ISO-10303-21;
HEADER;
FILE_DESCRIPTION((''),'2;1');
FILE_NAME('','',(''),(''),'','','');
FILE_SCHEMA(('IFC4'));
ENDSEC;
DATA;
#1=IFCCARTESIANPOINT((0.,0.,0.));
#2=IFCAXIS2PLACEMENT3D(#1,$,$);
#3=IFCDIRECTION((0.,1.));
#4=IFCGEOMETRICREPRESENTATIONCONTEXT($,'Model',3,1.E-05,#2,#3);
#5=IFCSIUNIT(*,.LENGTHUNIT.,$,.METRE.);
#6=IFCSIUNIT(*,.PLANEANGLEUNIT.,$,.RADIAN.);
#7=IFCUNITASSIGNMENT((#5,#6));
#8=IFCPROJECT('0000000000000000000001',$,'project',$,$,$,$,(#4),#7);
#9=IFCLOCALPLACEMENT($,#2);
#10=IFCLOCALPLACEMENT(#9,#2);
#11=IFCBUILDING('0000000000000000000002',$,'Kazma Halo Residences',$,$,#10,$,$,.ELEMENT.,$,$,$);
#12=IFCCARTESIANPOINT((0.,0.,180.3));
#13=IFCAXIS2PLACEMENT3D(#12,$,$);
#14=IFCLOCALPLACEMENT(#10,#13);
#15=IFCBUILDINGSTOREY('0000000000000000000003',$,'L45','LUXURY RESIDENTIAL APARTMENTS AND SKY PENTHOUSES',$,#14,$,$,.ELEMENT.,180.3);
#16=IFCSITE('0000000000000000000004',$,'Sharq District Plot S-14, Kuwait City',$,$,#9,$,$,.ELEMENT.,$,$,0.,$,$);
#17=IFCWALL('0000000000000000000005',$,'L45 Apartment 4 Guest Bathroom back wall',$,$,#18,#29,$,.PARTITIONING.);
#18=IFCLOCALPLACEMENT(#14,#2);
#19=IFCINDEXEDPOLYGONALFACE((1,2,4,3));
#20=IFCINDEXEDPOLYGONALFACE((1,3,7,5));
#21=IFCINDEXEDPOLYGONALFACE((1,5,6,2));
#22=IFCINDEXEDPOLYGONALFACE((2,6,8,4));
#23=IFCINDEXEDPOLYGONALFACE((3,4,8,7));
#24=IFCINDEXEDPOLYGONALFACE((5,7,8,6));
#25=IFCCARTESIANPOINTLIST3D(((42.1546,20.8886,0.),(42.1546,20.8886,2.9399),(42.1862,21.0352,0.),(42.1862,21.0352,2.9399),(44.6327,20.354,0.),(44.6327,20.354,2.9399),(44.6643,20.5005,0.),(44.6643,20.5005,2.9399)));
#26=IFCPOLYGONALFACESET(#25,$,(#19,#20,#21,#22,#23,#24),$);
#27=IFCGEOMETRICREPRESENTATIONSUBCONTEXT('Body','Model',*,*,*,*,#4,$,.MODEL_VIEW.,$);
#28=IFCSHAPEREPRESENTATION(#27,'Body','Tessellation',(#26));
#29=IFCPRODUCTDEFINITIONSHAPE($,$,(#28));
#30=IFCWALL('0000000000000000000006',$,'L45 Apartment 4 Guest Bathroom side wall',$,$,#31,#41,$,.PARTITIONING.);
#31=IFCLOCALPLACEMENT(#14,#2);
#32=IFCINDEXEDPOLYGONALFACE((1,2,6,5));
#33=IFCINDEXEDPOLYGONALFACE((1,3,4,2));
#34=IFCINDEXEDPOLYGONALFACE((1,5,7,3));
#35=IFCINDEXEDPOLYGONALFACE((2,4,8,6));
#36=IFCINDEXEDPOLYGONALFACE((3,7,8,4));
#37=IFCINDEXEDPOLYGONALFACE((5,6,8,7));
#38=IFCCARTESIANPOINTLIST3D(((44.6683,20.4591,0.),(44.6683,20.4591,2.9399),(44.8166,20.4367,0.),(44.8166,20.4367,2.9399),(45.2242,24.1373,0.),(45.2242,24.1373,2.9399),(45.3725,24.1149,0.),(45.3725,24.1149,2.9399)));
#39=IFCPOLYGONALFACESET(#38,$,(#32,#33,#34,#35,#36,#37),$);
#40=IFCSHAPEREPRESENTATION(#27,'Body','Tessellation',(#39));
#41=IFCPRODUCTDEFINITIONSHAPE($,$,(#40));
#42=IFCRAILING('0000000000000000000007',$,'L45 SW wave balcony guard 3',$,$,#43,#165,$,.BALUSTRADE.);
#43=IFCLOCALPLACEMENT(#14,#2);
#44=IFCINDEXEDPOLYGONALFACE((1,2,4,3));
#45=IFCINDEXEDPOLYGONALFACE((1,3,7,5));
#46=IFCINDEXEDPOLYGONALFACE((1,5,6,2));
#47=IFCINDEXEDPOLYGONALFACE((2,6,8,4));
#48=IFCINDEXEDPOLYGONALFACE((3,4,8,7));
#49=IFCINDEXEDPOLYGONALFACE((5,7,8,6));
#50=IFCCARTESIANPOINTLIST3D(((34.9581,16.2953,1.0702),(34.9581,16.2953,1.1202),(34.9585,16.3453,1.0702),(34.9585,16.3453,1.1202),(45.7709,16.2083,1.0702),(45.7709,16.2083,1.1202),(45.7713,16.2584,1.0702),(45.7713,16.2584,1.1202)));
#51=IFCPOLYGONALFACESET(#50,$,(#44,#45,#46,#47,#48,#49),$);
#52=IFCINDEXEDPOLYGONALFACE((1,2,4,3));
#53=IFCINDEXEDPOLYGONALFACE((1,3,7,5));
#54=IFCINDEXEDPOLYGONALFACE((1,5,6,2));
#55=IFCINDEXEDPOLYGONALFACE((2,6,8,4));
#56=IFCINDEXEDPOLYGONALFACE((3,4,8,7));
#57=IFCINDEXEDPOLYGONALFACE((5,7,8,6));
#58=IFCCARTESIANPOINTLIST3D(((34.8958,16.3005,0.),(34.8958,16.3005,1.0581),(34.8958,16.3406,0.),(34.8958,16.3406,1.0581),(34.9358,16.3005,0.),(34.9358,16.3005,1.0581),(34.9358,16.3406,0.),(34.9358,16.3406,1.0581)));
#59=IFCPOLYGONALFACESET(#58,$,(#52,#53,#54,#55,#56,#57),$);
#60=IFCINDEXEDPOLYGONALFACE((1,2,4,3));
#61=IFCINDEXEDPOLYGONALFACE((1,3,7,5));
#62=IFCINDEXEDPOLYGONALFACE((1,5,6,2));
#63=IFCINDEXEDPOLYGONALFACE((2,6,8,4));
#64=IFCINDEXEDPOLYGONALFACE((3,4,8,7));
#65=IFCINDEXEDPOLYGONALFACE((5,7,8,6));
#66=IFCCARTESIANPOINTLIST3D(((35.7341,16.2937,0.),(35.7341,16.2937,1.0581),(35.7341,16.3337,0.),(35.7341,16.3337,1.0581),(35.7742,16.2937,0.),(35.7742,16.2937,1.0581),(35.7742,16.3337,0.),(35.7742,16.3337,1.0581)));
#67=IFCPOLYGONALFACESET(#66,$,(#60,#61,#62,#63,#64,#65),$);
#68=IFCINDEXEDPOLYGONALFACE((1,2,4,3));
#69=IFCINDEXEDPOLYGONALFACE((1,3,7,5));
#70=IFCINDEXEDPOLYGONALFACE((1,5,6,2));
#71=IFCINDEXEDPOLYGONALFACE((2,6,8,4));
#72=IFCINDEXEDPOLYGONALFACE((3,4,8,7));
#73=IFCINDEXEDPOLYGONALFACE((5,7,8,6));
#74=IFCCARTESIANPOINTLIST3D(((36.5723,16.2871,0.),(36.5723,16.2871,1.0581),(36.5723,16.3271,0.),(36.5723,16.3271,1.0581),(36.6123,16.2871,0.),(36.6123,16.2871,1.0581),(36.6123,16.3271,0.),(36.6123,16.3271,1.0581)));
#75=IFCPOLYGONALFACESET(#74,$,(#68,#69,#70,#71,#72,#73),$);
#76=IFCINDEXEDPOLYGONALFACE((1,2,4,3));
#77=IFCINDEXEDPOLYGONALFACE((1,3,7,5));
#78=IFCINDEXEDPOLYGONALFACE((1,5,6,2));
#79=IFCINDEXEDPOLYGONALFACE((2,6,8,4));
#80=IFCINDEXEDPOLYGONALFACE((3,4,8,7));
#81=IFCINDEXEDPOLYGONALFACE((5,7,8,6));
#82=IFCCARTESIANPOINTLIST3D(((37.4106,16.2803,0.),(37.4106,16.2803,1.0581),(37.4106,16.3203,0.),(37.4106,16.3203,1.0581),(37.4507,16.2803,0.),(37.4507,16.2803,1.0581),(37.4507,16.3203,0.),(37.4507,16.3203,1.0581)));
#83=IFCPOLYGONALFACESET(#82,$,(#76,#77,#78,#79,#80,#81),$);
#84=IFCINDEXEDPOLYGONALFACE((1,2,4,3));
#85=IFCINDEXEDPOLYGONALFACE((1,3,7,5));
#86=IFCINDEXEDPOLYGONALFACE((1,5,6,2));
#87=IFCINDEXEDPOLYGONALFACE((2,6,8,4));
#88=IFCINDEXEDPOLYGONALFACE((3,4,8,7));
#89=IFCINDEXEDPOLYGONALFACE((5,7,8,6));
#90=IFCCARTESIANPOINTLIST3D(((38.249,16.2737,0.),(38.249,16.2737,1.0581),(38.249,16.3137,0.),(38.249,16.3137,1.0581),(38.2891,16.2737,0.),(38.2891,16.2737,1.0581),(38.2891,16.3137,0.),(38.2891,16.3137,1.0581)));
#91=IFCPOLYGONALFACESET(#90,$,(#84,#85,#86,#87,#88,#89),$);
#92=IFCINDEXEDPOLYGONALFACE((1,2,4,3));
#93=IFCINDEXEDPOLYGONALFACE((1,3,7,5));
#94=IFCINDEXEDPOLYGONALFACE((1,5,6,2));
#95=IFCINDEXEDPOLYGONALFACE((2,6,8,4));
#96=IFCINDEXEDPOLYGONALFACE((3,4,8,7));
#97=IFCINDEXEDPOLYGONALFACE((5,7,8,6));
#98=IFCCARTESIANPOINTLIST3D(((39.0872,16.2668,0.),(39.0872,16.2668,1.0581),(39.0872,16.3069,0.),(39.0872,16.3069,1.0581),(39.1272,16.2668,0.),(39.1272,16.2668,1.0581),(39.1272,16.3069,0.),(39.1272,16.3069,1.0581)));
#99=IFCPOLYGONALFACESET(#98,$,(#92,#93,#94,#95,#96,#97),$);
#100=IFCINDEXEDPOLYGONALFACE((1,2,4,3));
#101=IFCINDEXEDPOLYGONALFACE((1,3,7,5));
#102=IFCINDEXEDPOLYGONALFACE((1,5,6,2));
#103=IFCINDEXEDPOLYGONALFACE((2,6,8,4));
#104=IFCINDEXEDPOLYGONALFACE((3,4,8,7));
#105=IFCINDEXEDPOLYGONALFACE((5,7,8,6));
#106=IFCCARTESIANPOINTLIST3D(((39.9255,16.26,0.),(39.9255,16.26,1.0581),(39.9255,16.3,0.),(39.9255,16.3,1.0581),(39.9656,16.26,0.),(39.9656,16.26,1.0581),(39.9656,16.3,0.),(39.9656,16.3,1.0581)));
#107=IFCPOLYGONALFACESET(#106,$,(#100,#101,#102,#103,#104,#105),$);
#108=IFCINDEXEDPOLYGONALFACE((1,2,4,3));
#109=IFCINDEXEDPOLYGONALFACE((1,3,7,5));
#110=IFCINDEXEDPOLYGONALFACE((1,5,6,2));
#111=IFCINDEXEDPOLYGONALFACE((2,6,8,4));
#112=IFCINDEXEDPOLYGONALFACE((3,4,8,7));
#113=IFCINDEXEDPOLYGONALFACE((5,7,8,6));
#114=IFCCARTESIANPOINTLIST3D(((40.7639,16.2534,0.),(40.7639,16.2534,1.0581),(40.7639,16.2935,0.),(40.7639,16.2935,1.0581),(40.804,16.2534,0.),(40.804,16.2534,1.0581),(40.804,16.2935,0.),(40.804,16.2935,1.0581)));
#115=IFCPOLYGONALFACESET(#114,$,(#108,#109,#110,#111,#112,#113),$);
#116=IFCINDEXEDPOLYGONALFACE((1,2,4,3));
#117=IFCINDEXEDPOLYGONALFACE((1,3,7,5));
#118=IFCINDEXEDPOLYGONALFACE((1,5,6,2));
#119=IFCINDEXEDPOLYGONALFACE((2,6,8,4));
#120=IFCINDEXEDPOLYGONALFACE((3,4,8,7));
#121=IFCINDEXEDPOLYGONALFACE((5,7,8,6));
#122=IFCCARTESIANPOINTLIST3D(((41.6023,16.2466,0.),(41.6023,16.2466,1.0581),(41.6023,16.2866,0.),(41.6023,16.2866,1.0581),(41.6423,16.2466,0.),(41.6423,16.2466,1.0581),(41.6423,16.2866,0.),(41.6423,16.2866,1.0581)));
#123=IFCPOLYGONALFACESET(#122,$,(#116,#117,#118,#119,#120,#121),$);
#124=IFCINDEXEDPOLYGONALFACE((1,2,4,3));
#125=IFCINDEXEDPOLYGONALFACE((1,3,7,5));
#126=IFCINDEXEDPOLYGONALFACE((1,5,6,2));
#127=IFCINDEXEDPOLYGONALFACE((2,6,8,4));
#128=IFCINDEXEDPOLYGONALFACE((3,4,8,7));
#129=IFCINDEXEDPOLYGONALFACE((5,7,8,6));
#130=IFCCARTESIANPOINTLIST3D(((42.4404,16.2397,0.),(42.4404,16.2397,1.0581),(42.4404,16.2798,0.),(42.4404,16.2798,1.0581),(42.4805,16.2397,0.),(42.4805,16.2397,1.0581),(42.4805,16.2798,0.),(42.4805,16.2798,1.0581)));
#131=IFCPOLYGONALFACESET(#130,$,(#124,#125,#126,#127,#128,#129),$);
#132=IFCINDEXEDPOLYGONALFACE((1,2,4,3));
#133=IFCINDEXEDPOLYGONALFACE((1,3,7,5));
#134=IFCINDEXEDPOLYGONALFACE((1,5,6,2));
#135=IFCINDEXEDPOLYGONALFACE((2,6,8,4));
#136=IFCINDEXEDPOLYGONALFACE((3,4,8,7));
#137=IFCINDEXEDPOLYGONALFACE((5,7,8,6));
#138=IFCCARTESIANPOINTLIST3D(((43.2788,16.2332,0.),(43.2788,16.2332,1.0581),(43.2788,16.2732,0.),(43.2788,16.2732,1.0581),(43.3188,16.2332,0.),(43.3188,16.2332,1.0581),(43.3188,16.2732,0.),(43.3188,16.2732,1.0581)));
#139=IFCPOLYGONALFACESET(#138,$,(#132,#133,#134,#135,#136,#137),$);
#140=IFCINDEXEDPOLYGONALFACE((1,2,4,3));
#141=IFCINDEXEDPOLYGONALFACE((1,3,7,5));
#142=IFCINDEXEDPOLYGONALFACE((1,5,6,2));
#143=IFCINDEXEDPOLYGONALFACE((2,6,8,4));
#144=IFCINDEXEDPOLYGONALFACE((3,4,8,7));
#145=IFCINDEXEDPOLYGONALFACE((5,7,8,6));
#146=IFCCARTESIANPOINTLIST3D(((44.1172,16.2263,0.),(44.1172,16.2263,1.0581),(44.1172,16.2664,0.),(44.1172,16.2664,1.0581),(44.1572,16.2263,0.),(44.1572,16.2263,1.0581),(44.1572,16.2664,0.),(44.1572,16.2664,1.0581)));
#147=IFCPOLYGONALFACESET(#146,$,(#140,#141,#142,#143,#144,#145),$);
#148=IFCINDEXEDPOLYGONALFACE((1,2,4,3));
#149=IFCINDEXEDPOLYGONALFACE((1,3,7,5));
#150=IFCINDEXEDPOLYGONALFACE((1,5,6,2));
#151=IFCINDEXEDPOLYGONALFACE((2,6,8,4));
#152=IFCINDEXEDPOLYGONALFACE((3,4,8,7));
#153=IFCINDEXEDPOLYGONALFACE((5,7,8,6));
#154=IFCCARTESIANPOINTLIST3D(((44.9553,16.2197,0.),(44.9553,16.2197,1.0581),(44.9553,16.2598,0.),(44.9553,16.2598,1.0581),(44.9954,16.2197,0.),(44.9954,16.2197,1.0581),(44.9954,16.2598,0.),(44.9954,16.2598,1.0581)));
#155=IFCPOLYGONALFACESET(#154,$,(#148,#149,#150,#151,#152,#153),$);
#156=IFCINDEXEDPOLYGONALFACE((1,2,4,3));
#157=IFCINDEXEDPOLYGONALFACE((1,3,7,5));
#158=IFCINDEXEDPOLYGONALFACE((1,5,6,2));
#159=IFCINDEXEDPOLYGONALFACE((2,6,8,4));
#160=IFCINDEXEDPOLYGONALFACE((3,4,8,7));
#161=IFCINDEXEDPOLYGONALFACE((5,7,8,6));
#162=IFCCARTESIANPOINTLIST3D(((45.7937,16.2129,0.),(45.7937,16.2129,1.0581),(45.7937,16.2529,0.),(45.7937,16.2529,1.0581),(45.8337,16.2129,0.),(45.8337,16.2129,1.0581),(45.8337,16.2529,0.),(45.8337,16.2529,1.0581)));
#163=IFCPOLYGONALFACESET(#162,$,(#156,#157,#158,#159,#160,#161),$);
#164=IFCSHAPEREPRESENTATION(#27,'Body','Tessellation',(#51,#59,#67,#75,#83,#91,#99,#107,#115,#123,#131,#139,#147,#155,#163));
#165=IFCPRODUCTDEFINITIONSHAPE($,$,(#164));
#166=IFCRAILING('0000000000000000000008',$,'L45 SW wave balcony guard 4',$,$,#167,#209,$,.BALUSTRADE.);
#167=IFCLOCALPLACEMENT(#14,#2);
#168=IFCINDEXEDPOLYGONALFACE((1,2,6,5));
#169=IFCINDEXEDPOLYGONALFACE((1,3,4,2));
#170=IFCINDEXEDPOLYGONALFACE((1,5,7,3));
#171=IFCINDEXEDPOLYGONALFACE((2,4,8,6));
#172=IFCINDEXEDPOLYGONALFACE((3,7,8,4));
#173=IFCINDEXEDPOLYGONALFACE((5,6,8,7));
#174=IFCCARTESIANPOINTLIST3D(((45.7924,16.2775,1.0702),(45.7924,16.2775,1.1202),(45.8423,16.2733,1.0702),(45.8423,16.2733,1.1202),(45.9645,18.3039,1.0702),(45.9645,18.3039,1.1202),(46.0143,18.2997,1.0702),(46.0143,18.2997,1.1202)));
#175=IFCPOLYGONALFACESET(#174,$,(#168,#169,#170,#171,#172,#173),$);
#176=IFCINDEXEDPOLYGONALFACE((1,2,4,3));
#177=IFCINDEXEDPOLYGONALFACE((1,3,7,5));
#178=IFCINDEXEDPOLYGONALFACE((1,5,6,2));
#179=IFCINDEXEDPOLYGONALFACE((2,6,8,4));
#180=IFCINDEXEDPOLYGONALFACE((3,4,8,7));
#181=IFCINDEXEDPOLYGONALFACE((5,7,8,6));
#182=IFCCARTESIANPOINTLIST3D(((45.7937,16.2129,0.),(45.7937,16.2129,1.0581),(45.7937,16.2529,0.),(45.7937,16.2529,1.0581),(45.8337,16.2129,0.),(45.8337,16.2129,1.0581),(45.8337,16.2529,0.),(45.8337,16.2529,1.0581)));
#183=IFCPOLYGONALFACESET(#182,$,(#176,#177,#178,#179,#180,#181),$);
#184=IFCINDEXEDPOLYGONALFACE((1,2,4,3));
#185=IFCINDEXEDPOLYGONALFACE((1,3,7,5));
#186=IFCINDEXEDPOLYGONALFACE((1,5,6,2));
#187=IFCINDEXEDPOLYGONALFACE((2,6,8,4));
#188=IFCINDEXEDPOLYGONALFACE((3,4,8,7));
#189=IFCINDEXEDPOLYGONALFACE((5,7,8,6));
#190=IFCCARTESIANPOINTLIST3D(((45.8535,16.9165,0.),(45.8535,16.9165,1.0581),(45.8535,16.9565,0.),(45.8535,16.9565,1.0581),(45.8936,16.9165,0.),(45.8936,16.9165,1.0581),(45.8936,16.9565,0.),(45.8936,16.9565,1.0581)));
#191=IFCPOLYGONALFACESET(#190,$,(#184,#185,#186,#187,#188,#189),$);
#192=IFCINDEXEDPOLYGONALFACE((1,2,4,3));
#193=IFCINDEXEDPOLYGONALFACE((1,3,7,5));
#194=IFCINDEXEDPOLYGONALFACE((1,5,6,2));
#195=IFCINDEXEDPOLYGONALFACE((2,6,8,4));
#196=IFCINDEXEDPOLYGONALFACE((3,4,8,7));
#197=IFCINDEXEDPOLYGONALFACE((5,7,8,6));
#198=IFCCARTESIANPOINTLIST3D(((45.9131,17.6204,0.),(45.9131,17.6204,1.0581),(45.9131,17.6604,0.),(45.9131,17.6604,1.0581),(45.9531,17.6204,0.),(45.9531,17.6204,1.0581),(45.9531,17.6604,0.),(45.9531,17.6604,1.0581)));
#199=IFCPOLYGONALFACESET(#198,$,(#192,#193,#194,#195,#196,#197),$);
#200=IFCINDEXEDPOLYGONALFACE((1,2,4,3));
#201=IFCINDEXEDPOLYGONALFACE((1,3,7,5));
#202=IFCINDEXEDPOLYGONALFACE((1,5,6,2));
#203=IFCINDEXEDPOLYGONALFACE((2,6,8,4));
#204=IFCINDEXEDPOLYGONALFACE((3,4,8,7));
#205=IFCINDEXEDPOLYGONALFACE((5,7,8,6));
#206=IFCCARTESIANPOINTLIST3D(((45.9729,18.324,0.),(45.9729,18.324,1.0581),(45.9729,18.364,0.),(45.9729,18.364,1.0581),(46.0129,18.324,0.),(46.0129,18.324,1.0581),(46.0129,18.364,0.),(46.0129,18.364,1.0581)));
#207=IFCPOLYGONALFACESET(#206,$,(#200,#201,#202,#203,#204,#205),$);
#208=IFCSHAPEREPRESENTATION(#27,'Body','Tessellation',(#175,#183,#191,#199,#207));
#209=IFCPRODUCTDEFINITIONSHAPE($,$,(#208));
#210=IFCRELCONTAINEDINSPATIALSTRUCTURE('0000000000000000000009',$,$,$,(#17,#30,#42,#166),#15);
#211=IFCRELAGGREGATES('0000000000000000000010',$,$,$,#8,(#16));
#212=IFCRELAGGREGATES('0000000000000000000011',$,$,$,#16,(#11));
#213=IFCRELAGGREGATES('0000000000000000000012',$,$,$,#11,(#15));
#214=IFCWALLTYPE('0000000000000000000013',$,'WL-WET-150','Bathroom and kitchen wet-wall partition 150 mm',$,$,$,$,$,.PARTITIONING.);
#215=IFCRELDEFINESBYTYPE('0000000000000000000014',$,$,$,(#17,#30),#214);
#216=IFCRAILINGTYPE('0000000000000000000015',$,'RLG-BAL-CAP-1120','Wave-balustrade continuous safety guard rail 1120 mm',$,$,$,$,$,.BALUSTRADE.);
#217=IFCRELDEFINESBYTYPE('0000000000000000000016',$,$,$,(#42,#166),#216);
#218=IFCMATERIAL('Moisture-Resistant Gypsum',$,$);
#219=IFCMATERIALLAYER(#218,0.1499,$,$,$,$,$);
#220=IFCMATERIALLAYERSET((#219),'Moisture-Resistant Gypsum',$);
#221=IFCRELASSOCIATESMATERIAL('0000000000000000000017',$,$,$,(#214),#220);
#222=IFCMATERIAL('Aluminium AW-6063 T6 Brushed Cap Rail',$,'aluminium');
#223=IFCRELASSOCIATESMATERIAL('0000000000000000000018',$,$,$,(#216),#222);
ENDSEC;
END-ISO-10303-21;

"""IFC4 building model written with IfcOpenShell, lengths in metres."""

from ifc_helpers import new_model, si_unit, direction, frame, frame_2d, origin, origin_2d, place, context, subcontext, project, spatial, rectangle, extrude, material, layer, layer_set, type_object, element, save


model = new_model("IFC4")

# Units and contexts
model_context = context("Model", 3, precision=1e-05, world=origin(), true_north=direction((0.0, 1.0)))
body_context = subcontext(model_context, "Body", "Model", "MODEL_VIEW")
ifc_project = project(units=[si_unit("LENGTHUNIT", "METRE"), si_unit("PLANEANGLEUNIT", "RADIAN")], contexts=[model_context])

# Site, building, storey
site_placement = place(None, origin())
site = spatial("IfcSite", under=ifc_project, at=site_placement, Name="Sharq District Plot S-14, Kuwait City", CompositionType="ELEMENT", RefElevation=0.0)
building_placement = place(site_placement, origin())
building = spatial("IfcBuilding", under=site, at=building_placement, Name="Kazma Halo Residences", CompositionType="ELEMENT")
storey_placement = place(building_placement, frame((0.0, 0.0, 180.3)))
storey = spatial("IfcBuildingStorey", under=building, at=storey_placement, Name="L45", Description="LUXURY RESIDENTIAL APARTMENTS AND SKY PENTHOUSES", CompositionType="ELEMENT", Elevation=180.3)

# Shared definitions
ifc_material_1 = material(Name="Moisture-Resistant Gypsum")
ifc_layer_1 = layer(ifc_material_1, 0.1499)
ifc_layer_set_1 = layer_set([ifc_layer_1], Name="Moisture-Resistant Gypsum")
wall_type_1 = type_object("IfcWallType", Name="WL-WET-150", Description="Bathroom and kitchen wet-wall partition 150 mm", PredefinedType="PARTITIONING", material=ifc_layer_set_1)

# Walls
wall_1_placement = place(storey_placement, frame((42.1704, 20.9619, 0.0), z_axis=(0.0, 0.0, 1.0), x_axis=(0.977505, -0.21091, 0.0)))
element("IfcWall", 1, at=wall_1_placement, inside=storey, type_object=wall_type_1, Name="L45 Apartment 4 Guest Bathroom back wall", PredefinedType="PARTITIONING", context=body_context, shape_type="SweptSolid", body=[
    extrude(rectangle(XDim=2.5352, YDim=0.1499, at=frame_2d((1.2676, 0.0))), origin(), (0.0, 0.0, 1.0), 2.9399),
])
wall_2_placement = place(storey_placement, frame((45.2983, 24.126, 0.0), z_axis=(0.0, 0.0, 1.0), x_axis=(-0.149438, -0.988771, 0.0)))
element("IfcWall", 2, at=wall_2_placement, inside=storey, type_object=wall_type_1, Name="L45 Apartment 4 Guest Bathroom side wall", PredefinedType="PARTITIONING", context=body_context, shape_type="SweptSolid", body=[
    extrude(rectangle(XDim=3.72, YDim=0.1499, at=frame_2d((1.8599, 0.0))), origin(), (0.0, 0.0, 1.0), 2.9399),
])

# Railings
ifc_material_2 = material(Name="Aluminium AW-6063 T6 Brushed Cap Rail", Category="aluminium")
railing_type = type_object("IfcRailingType", Name="RLG-BAL-CAP-1120", Description="Wave-balustrade continuous safety guard rail 1120 mm", PredefinedType="BALUSTRADE", material=ifc_material_2)
railing_1_placement = place(storey_placement, frame((34.9158, 16.3206, 0.0)))
element("IfcRailing", 3, at=railing_1_placement, inside=storey, type_object=railing_type, Name="L45 SW wave balcony guard 3", PredefinedType="BALUSTRADE", context=body_context, shape_type="SweptSolid", body=[
    extrude(rectangle(XDim=0.05, YDim=0.05, at=origin_2d()), frame((0.0425, -0.0002, 1.0952), z_axis=(0.999968, -0.008042, 0.0), x_axis=(0.008042, 0.999968, 0.0)), (0.0, 0.0, 1.0), 10.8132),
    extrude(rectangle(XDim=0.04, YDim=0.04, at=origin_2d()), origin(), (0.0, 0.0, 1.0), 1.0581),
    extrude(rectangle(XDim=0.04, YDim=0.04, at=origin_2d()), frame((0.8384, -0.0068, 0.0)), (0.0, 0.0, 1.0), 1.0581),
    extrude(rectangle(XDim=0.04, YDim=0.04, at=origin_2d()), frame((1.6765, -0.0134, 0.0)), (0.0, 0.0, 1.0), 1.0581),
    extrude(rectangle(XDim=0.04, YDim=0.04, at=origin_2d()), frame((2.5149, -0.0203, 0.0)), (0.0, 0.0, 1.0), 1.0581),
    extrude(rectangle(XDim=0.04, YDim=0.04, at=origin_2d()), frame((3.3533, -0.0269, 0.0)), (0.0, 0.0, 1.0), 1.0581),
    extrude(rectangle(XDim=0.04, YDim=0.04, at=origin_2d()), frame((4.1914, -0.0337, 0.0)), (0.0, 0.0, 1.0), 1.0581),
    extrude(rectangle(XDim=0.04, YDim=0.04, at=origin_2d()), frame((5.0298, -0.0405, 0.0)), (0.0, 0.0, 1.0), 1.0581),
    extrude(rectangle(XDim=0.04, YDim=0.04, at=origin_2d()), frame((5.8682, -0.0471, 0.0)), (0.0, 0.0, 1.0), 1.0581),
    extrude(rectangle(XDim=0.04, YDim=0.04, at=origin_2d()), frame((6.7065, -0.054, 0.0)), (0.0, 0.0, 1.0), 1.0581),
    extrude(rectangle(XDim=0.04, YDim=0.04, at=origin_2d()), frame((7.5447, -0.0608, 0.0)), (0.0, 0.0, 1.0), 1.0581),
    extrude(rectangle(XDim=0.04, YDim=0.04, at=origin_2d()), frame((8.3831, -0.0674, 0.0)), (0.0, 0.0, 1.0), 1.0581),
    extrude(rectangle(XDim=0.04, YDim=0.04, at=origin_2d()), frame((9.2214, -0.0742, 0.0)), (0.0, 0.0, 1.0), 1.0581),
    extrude(rectangle(XDim=0.04, YDim=0.04, at=origin_2d()), frame((10.0596, -0.0808, 0.0)), (0.0, 0.0, 1.0), 1.0581),
    extrude(rectangle(XDim=0.04, YDim=0.04, at=origin_2d()), frame((10.8979, -0.0876, 0.0)), (0.0, 0.0, 1.0), 1.0581),
])
railing_2_placement = place(storey_placement, frame((45.8137, 16.2329, 0.0)))
element("IfcRailing", 4, at=railing_2_placement, inside=storey, type_object=railing_type, Name="L45 SW wave balcony guard 4", PredefinedType="BALUSTRADE", context=body_context, shape_type="SweptSolid", body=[
    extrude(rectangle(XDim=0.05, YDim=0.05, at=origin_2d()), frame((0.0037, 0.0425, 1.0952), z_axis=(0.084581, 0.996417, 0.0), x_axis=(-0.996417, 0.084581, 0.0)), (0.0, 0.0, 1.0), 2.0337),
    extrude(rectangle(XDim=0.04, YDim=0.04, at=origin_2d()), origin(), (0.0, 0.0, 1.0), 1.0581),
    extrude(rectangle(XDim=0.04, YDim=0.04, at=origin_2d()), frame((0.0598, 0.7036, 0.0)), (0.0, 0.0, 1.0), 1.0581),
    extrude(rectangle(XDim=0.04, YDim=0.04, at=origin_2d()), frame((0.1194, 1.4075, 0.0)), (0.0, 0.0, 1.0), 1.0581),
    extrude(rectangle(XDim=0.04, YDim=0.04, at=origin_2d()), frame((0.1792, 2.1111, 0.0)), (0.0, 0.0, 1.0), 1.0581),
])

save(model, "model.ifc")
